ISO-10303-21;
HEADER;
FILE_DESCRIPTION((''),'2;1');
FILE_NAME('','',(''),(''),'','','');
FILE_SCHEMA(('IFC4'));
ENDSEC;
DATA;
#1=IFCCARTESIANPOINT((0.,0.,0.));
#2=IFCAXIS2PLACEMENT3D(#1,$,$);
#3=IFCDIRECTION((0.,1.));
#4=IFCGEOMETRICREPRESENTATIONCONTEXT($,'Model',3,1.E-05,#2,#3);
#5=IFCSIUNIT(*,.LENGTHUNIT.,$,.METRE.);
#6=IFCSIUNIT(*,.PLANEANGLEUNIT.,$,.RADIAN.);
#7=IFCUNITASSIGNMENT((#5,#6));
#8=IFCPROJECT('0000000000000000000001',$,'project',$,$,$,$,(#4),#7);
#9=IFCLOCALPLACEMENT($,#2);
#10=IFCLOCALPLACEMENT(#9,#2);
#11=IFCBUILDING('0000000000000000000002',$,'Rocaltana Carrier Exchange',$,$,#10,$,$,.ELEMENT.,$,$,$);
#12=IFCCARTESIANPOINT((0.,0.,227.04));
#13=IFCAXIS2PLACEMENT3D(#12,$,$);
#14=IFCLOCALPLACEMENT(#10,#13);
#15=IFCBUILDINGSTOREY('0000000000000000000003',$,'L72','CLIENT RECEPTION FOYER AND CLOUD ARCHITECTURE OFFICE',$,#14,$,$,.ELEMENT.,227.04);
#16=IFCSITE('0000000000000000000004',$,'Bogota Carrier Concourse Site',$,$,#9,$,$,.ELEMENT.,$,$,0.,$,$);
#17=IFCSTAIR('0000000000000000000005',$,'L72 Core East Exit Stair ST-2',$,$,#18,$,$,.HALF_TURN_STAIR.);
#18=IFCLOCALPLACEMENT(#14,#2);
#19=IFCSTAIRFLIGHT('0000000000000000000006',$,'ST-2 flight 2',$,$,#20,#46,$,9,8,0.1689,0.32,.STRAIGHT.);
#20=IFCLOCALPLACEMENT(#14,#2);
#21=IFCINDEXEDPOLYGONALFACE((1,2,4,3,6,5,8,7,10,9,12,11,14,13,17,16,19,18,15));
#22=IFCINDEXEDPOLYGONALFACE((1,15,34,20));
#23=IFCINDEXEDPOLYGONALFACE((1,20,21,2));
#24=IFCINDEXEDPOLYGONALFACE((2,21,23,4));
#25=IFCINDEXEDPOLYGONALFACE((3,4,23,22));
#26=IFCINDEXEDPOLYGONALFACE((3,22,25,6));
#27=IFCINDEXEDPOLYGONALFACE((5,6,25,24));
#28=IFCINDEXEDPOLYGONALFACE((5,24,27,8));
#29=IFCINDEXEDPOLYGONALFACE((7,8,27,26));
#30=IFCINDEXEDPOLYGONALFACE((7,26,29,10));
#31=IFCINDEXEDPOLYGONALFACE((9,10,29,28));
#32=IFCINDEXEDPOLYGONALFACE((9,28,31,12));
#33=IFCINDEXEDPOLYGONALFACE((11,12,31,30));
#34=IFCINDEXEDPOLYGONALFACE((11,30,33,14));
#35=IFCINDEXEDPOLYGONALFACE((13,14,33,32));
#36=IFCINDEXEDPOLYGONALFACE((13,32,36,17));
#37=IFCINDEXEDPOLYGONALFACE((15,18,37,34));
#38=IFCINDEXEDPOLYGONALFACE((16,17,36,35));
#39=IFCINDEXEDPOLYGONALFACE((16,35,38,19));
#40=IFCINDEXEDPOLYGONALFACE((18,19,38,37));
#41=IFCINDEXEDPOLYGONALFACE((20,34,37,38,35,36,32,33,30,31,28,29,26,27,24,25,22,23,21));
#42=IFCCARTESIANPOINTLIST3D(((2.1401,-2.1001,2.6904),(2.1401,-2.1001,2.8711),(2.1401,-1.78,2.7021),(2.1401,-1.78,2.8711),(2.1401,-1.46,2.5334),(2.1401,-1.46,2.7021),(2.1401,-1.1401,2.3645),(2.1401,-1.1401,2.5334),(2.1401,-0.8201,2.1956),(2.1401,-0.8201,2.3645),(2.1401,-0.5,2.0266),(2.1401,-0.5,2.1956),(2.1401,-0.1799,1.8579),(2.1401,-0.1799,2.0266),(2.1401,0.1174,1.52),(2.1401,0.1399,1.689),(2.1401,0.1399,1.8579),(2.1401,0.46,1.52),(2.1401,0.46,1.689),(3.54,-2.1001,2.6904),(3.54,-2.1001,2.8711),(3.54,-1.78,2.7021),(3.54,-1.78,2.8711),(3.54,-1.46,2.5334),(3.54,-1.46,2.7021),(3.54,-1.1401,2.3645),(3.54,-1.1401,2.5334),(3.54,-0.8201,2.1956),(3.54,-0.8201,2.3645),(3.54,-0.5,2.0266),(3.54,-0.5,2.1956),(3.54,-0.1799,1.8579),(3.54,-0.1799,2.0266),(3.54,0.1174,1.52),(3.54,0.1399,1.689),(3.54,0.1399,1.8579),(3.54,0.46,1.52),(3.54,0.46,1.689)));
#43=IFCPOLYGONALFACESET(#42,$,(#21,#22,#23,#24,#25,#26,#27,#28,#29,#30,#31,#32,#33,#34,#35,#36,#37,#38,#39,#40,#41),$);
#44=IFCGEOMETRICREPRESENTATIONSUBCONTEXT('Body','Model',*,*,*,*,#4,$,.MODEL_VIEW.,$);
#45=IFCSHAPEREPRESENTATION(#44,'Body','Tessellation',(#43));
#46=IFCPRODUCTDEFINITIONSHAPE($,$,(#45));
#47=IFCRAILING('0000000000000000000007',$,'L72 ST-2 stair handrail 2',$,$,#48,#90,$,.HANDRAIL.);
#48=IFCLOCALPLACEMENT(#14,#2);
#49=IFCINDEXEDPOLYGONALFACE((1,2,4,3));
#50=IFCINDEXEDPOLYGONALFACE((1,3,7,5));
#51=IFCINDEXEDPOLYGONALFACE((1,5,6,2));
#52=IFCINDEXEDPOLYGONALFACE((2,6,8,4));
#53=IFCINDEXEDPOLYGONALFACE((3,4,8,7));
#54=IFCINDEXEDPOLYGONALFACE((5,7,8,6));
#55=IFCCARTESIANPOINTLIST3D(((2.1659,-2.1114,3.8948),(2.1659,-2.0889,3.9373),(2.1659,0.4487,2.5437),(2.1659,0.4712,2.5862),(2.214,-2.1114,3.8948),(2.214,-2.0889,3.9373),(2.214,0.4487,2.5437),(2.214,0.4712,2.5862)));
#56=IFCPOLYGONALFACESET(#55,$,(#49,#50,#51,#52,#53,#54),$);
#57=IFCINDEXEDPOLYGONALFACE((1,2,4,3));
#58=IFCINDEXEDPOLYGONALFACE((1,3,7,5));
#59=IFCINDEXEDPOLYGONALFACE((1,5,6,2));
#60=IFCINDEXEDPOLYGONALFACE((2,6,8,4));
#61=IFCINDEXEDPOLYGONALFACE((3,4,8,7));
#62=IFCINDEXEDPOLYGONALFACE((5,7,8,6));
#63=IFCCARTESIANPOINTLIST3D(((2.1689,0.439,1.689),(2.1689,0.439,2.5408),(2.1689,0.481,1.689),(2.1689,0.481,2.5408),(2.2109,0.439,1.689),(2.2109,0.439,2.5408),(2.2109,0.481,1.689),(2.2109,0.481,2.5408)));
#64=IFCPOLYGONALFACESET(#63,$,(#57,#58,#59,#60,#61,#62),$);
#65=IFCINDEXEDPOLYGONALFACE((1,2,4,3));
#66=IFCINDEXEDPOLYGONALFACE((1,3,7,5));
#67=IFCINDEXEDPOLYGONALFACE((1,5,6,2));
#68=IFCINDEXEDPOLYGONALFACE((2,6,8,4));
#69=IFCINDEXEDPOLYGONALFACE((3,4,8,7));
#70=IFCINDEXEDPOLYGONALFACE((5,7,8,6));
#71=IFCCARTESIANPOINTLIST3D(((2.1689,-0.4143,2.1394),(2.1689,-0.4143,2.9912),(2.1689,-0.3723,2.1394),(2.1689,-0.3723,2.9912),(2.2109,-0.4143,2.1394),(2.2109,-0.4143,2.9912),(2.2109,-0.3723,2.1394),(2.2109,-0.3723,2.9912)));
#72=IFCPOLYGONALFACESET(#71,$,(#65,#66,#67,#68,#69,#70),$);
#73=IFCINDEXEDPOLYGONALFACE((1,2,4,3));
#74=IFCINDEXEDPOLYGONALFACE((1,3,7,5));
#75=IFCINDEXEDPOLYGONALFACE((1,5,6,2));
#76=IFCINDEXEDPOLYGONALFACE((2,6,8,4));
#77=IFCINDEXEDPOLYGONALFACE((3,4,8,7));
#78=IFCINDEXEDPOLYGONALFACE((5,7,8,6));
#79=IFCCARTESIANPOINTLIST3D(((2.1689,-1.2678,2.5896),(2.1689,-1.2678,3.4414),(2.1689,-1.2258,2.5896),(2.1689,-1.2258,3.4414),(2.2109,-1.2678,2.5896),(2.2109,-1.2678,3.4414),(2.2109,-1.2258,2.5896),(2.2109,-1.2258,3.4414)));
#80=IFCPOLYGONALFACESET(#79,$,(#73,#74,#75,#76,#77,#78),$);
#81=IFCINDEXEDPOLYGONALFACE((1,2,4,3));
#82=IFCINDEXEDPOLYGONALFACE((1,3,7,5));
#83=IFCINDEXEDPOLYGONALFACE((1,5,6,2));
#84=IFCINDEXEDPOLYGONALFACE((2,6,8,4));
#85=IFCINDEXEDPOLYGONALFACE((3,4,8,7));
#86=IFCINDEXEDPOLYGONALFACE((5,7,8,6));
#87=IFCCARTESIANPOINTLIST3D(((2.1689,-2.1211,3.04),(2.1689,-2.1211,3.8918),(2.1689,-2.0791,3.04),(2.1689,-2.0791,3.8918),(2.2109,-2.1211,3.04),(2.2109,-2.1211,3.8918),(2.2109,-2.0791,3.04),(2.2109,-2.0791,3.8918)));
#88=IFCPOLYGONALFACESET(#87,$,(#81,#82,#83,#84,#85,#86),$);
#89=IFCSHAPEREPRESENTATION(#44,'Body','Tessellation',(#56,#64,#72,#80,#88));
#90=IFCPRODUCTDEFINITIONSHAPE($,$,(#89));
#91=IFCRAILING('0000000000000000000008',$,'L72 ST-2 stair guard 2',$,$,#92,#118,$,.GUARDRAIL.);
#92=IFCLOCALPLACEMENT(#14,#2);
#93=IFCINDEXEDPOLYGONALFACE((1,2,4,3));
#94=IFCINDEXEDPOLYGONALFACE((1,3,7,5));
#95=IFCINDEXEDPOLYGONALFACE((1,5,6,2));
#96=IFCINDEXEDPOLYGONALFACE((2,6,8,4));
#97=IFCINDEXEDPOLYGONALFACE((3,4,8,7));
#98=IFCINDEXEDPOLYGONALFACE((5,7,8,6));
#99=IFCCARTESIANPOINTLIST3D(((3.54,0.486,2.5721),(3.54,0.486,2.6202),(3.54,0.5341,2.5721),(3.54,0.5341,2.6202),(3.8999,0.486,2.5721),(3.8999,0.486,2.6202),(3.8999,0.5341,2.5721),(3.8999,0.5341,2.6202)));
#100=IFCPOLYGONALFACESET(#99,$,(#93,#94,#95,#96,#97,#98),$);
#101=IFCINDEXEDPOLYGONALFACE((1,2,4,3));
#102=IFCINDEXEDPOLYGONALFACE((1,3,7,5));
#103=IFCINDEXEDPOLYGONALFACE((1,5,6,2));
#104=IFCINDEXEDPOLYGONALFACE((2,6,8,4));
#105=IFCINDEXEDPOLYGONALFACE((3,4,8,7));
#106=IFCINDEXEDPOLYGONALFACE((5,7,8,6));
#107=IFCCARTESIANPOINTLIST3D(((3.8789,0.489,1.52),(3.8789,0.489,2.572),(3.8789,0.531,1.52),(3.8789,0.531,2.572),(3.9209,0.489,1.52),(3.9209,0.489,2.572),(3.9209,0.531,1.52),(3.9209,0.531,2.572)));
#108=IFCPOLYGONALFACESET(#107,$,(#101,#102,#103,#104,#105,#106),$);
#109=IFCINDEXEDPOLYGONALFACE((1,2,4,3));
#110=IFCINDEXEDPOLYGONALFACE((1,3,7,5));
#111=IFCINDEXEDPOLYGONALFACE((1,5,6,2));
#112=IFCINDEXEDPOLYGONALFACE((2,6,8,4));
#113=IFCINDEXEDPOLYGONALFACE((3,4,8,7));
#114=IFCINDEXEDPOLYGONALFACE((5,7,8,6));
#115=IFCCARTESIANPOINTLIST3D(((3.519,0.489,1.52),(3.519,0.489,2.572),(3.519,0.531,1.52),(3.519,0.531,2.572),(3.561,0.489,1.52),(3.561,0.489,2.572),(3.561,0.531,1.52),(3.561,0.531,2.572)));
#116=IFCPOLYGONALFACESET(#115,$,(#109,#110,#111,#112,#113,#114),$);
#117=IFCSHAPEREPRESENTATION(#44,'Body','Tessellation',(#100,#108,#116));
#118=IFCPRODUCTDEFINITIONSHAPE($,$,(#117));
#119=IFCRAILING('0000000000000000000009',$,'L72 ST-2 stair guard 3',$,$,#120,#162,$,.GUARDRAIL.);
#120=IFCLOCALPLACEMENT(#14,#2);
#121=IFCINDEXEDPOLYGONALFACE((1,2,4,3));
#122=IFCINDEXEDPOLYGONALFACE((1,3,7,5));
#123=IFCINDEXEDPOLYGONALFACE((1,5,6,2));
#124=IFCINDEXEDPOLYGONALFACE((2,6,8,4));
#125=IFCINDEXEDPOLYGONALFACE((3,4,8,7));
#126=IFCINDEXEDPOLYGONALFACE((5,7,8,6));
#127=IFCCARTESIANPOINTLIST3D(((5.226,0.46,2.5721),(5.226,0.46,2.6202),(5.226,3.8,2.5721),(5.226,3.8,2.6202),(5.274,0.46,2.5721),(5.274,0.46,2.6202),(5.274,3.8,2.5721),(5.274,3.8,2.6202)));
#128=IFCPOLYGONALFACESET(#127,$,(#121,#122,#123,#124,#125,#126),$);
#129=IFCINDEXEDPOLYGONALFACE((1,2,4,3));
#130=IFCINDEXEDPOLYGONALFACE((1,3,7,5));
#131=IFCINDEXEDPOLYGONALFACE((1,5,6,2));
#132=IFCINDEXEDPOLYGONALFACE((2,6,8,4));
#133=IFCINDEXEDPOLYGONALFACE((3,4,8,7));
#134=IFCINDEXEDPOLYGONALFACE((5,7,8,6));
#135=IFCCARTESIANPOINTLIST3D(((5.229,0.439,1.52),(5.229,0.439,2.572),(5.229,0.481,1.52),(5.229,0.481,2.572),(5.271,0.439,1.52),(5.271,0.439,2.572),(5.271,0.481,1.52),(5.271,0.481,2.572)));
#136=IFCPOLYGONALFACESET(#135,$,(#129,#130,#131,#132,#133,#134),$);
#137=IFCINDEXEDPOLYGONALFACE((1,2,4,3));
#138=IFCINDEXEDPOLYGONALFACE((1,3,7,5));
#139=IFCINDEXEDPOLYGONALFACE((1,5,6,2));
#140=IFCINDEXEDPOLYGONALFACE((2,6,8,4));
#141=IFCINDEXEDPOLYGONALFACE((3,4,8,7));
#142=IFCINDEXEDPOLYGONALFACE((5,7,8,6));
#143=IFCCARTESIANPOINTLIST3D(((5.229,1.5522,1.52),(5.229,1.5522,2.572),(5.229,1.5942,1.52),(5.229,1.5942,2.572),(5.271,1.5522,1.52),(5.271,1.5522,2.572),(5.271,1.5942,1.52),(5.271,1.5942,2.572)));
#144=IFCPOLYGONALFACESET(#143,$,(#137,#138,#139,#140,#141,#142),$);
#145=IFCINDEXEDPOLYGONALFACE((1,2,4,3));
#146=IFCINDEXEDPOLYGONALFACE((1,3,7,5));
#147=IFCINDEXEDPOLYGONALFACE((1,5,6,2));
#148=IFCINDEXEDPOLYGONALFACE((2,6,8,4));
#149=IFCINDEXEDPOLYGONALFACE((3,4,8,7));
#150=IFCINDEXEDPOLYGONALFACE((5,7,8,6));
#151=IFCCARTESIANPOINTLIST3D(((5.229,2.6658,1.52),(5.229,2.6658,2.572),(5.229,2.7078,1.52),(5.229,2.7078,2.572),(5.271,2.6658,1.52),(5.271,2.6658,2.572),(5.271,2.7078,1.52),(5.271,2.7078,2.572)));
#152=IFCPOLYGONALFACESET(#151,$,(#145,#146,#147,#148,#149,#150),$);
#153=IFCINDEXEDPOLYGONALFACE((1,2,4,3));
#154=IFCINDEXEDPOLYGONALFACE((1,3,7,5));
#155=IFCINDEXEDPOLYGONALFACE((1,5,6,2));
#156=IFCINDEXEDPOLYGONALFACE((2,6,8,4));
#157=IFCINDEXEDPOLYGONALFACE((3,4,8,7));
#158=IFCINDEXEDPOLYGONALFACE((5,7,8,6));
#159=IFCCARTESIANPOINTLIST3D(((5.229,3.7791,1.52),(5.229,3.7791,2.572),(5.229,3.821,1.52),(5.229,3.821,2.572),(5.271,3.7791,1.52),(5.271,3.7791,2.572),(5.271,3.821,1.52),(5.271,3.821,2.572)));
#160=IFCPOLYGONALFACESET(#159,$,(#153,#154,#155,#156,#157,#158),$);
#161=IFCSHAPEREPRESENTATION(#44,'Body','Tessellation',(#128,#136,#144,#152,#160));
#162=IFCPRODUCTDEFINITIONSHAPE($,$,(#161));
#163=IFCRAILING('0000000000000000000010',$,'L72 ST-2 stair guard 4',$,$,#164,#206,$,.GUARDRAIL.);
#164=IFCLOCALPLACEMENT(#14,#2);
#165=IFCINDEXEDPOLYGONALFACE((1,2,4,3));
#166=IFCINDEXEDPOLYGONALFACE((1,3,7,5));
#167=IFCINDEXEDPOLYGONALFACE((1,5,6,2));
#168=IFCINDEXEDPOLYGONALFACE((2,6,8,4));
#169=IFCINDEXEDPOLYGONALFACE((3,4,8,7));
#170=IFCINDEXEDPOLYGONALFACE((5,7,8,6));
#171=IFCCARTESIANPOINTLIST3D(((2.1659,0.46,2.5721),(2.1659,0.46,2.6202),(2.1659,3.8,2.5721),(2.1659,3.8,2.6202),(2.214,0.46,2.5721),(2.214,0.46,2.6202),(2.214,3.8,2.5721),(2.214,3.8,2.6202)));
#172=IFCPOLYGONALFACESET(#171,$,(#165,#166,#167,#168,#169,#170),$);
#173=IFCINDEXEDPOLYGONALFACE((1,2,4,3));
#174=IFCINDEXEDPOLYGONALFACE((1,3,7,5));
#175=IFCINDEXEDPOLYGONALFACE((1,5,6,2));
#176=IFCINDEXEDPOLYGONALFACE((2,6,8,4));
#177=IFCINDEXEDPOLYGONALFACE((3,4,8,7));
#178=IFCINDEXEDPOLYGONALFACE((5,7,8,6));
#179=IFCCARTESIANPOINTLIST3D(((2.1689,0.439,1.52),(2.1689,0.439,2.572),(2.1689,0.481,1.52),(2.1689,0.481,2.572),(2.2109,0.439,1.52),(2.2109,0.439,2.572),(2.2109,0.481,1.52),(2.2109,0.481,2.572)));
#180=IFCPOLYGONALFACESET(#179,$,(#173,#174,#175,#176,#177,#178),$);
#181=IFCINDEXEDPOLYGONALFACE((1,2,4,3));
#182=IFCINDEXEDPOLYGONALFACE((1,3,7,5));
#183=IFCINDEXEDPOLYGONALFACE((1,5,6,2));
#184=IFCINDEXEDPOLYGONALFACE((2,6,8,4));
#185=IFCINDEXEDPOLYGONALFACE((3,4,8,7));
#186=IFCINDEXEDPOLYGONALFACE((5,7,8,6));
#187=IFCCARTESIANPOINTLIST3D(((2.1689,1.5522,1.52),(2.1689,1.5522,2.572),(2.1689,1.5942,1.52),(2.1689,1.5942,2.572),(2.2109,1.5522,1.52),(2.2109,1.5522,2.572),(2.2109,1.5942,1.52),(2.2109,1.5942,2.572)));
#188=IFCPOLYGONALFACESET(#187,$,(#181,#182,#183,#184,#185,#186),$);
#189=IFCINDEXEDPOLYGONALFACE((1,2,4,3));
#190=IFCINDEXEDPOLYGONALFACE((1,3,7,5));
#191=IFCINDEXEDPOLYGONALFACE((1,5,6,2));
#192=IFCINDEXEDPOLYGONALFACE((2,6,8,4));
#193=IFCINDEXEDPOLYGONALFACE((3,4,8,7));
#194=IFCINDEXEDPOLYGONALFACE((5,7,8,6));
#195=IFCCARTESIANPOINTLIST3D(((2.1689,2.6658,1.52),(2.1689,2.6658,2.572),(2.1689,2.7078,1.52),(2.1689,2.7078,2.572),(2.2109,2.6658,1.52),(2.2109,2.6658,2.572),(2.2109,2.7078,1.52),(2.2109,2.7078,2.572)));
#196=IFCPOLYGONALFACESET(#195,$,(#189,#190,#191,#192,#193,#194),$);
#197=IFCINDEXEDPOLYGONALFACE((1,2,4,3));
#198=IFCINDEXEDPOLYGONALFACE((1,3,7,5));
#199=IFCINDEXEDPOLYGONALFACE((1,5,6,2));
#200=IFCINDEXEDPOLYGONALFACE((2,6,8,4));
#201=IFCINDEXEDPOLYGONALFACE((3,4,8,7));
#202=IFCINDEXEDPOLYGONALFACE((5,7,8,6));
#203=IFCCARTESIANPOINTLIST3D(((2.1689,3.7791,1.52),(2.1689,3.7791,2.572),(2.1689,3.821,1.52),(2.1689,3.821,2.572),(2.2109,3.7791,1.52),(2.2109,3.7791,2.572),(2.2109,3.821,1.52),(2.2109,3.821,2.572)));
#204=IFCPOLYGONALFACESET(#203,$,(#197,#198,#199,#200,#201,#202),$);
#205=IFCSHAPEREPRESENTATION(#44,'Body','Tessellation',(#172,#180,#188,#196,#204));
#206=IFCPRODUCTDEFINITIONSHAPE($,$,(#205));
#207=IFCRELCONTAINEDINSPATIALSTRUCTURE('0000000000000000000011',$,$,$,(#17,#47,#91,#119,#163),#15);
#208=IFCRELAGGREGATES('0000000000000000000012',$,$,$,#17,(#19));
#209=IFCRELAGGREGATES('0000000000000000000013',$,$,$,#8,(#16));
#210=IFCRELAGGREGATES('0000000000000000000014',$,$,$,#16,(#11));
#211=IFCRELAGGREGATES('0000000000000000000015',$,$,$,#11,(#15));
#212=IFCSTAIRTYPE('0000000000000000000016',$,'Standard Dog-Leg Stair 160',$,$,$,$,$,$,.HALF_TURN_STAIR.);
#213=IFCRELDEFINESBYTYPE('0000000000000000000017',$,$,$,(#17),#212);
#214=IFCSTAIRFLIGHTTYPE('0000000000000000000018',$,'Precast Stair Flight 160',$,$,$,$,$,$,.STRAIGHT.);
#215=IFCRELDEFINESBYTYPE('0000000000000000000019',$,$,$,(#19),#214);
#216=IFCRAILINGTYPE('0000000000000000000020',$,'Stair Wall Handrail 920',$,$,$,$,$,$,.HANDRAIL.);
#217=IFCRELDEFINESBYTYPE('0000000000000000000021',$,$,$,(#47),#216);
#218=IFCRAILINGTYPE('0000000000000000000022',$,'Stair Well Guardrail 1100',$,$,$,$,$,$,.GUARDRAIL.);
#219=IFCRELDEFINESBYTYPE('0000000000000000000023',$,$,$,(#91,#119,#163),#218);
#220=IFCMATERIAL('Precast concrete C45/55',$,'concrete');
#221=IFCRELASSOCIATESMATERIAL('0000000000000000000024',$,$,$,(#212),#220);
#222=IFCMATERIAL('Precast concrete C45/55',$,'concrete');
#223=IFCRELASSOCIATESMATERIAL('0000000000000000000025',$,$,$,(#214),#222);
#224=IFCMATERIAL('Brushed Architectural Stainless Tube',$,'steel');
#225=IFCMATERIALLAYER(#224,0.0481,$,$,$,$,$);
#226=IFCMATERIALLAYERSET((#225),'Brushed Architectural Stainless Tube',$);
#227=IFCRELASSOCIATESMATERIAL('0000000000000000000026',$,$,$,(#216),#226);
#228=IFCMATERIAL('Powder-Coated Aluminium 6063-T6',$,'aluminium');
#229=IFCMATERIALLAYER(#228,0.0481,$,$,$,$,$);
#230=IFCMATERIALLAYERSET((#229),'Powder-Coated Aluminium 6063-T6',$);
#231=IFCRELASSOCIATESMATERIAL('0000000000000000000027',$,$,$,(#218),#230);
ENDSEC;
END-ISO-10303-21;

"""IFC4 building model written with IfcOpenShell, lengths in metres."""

from ifc_helpers import new_model, si_unit, direction, frame, origin, origin_2d, place, context, subcontext, project, spatial, polyline, rectangle, outline, extrude, material, layer, layer_set, type_object, element, aggregate, save


model = new_model("IFC4")

# Units and contexts
model_context = context("Model", 3, precision=1e-05, world=origin(), true_north=direction((0.0, 1.0)))
body_context = subcontext(model_context, "Body", "Model", "MODEL_VIEW")
ifc_project = project(units=[si_unit("LENGTHUNIT", "METRE"), si_unit("PLANEANGLEUNIT", "RADIAN")], contexts=[model_context])

# Site, building, storey
site_placement = place(None, origin())
site = spatial("IfcSite", under=ifc_project, at=site_placement, Name="Bogota Carrier Concourse Site", CompositionType="ELEMENT", RefElevation=0.0)
building_placement = place(site_placement, origin())
building = spatial("IfcBuilding", under=site, at=building_placement, Name="Rocaltana Carrier Exchange", CompositionType="ELEMENT")
storey_placement = place(building_placement, frame((0.0, 0.0, 227.04)))
storey = spatial("IfcBuildingStorey", under=building, at=storey_placement, Name="L72", Description="CLIENT RECEPTION FOYER AND CLOUD ARCHITECTURE OFFICE", CompositionType="ELEMENT", Elevation=227.04)

# Stair, stair flight
ifc_material_1 = material(Name="Precast concrete C45/55", Category="concrete")
stair_type = type_object("IfcStairType", Name="Standard Dog-Leg Stair 160", PredefinedType="HALF_TURN_STAIR", material=ifc_material_1)
stair_placement = place(storey_placement, origin())
stair = element("IfcStair", 1, at=stair_placement, inside=storey, type_object=stair_type, Name="L72 Core East Exit Stair ST-2", PredefinedType="HALF_TURN_STAIR")
ifc_material_2 = material(Name="Precast concrete C45/55", Category="concrete")
stair_flight_type = type_object("IfcStairFlightType", Name="Precast Stair Flight 160", PredefinedType="STRAIGHT", material=ifc_material_2)
stair_flight_placement = place(storey_placement, frame((2.8401, 0.46, 1.52), z_axis=(0.0, 0.0, 1.0), x_axis=(0.0, -1.0, 0.0)))
stair_flight = element("IfcStairFlight", 2, at=stair_flight_placement, type_object=stair_flight_type, Name="ST-2 flight 2", NumberOfRisers=9, NumberOfTreads=8, PredefinedType="STRAIGHT", RiserHeight=0.1689, TreadLength=0.32, context=body_context, shape_type="SweptSolid", body=[
    extrude(outline(polyline([(0.0, 0.0), (0.0, 0.1689), (0.3201, 0.1689), (0.3201, 0.3379), (0.6399, 0.3379), (0.6399, 0.5066), (0.96, 0.5066), (0.96, 0.6755), (1.28, 0.6755), (1.28, 0.8445), (1.6001, 0.8445), (1.6001, 1.0134), (1.9199, 1.0134), (1.9199, 1.1821), (2.24, 1.1821), (2.24, 1.3511), (2.5601, 1.3511), (2.5601, 1.52), (2.5601, 1.1704), (0.3425, 0.0), (0.0, 0.0)])), frame((0.0, 0.7, 0.0), z_axis=(0.0, -1.0, 0.0), x_axis=(1.0, 0.0, 0.0)), (0.0, 0.0, 1.0), 1.3999),
])
aggregate(stair, [stair_flight])

# Railings
ifc_material_3 = material(Name="Brushed Architectural Stainless Tube", Category="steel")
ifc_layer_1 = layer(ifc_material_3, 0.0481)
ifc_layer_set_1 = layer_set([ifc_layer_1], Name="Brushed Architectural Stainless Tube")
railing_type_1 = type_object("IfcRailingType", Name="Stair Wall Handrail 920", PredefinedType="HANDRAIL", material=ifc_layer_set_1)
railing_1_placement = place(storey_placement, frame((2.1899, 0.46, 1.689)))
element("IfcRailing", 3, at=railing_1_placement, inside=storey, type_object=railing_type_1, Name="L72 ST-2 stair handrail 2", PredefinedType="HANDRAIL", context=body_context, shape_type="SweptSolid", body=[
    extrude(rectangle(XDim=0.0481, YDim=0.0481, at=origin_2d()), frame((0.0, 0.0, 0.876), z_axis=(0.0, -0.884394, 0.46674), x_axis=(1.0, 0.0, 0.0)), (0.0, 0.0, 1.0), 2.8948),
    extrude(rectangle(XDim=0.042, YDim=0.042, at=origin_2d()), origin(), (0.0, 0.0, 1.0), 0.8518),
    extrude(rectangle(XDim=0.042, YDim=0.042, at=origin_2d()), frame((0.0, -0.8533, 0.4504)), (0.0, 0.0, 1.0), 0.8518),
    extrude(rectangle(XDim=0.042, YDim=0.042, at=origin_2d()), frame((0.0, -1.7068, 0.9006)), (0.0, 0.0, 1.0), 0.8518),
    extrude(rectangle(XDim=0.042, YDim=0.042, at=origin_2d()), frame((0.0, -2.5601, 1.3511)), (0.0, 0.0, 1.0), 0.8518),
])
ifc_material_4 = material(Name="Powder-Coated Aluminium 6063-T6", Category="aluminium")
ifc_layer_2 = layer(ifc_material_4, 0.0481)
ifc_layer_set_2 = layer_set([ifc_layer_2], Name="Powder-Coated Aluminium 6063-T6")
railing_type_2 = type_object("IfcRailingType", Name="Stair Well Guardrail 1100", PredefinedType="GUARDRAIL", material=ifc_layer_set_2)
railing_2_placement = place(storey_placement, frame((3.8999, 0.51, 1.52)))
element("IfcRailing", 4, at=railing_2_placement, inside=storey, type_object=railing_type_2, Name="L72 ST-2 stair guard 2", PredefinedType="GUARDRAIL", context=body_context, shape_type="SweptSolid", body=[
    extrude(rectangle(XDim=0.0481, YDim=0.0481, at=origin_2d()), frame((0.0, 0.0, 1.0762), z_axis=(-1.0, 0.0, 0.0), x_axis=(0.0, -1.0, 0.0)), (0.0, 0.0, 1.0), 0.3599),
    extrude(rectangle(XDim=0.042, YDim=0.042, at=origin_2d()), origin(), (0.0, 0.0, 1.0), 1.052),
    extrude(rectangle(XDim=0.042, YDim=0.042, at=origin_2d()), frame((-0.3599, 0.0, 0.0)), (0.0, 0.0, 1.0), 1.052),
])
for number, where, name in (
    (5, (5.25, 0.46, 1.52), "L72 ST-2 stair guard 3"),
    (6, (2.1899, 0.46, 1.52), "L72 ST-2 stair guard 4"),
):
    element("IfcRailing", number, at=place(storey_placement, frame(where)), inside=storey, type_object=railing_type_2, Name=name, PredefinedType="GUARDRAIL", context=body_context, shape_type="SweptSolid", body=[
        extrude(rectangle(XDim=0.0481, YDim=0.0481, at=origin_2d()), frame((0.0, 0.0, 1.0762), z_axis=(0.0, 1.0, 0.0), x_axis=(-1.0, 0.0, 0.0)), (0.0, 0.0, 1.0), 3.3401),
        extrude(rectangle(XDim=0.042, YDim=0.042, at=origin_2d()), origin(), (0.0, 0.0, 1.0), 1.052),
        extrude(rectangle(XDim=0.042, YDim=0.042, at=origin_2d()), frame((0.0, 1.1133, 0.0)), (0.0, 0.0, 1.0), 1.052),
        extrude(rectangle(XDim=0.042, YDim=0.042, at=origin_2d()), frame((0.0, 2.2268, 0.0)), (0.0, 0.0, 1.0), 1.052),
        extrude(rectangle(XDim=0.042, YDim=0.042, at=origin_2d()), frame((0.0, 3.3401, 0.0)), (0.0, 0.0, 1.0), 1.052),
    ])

save(model, "model.ifc")
